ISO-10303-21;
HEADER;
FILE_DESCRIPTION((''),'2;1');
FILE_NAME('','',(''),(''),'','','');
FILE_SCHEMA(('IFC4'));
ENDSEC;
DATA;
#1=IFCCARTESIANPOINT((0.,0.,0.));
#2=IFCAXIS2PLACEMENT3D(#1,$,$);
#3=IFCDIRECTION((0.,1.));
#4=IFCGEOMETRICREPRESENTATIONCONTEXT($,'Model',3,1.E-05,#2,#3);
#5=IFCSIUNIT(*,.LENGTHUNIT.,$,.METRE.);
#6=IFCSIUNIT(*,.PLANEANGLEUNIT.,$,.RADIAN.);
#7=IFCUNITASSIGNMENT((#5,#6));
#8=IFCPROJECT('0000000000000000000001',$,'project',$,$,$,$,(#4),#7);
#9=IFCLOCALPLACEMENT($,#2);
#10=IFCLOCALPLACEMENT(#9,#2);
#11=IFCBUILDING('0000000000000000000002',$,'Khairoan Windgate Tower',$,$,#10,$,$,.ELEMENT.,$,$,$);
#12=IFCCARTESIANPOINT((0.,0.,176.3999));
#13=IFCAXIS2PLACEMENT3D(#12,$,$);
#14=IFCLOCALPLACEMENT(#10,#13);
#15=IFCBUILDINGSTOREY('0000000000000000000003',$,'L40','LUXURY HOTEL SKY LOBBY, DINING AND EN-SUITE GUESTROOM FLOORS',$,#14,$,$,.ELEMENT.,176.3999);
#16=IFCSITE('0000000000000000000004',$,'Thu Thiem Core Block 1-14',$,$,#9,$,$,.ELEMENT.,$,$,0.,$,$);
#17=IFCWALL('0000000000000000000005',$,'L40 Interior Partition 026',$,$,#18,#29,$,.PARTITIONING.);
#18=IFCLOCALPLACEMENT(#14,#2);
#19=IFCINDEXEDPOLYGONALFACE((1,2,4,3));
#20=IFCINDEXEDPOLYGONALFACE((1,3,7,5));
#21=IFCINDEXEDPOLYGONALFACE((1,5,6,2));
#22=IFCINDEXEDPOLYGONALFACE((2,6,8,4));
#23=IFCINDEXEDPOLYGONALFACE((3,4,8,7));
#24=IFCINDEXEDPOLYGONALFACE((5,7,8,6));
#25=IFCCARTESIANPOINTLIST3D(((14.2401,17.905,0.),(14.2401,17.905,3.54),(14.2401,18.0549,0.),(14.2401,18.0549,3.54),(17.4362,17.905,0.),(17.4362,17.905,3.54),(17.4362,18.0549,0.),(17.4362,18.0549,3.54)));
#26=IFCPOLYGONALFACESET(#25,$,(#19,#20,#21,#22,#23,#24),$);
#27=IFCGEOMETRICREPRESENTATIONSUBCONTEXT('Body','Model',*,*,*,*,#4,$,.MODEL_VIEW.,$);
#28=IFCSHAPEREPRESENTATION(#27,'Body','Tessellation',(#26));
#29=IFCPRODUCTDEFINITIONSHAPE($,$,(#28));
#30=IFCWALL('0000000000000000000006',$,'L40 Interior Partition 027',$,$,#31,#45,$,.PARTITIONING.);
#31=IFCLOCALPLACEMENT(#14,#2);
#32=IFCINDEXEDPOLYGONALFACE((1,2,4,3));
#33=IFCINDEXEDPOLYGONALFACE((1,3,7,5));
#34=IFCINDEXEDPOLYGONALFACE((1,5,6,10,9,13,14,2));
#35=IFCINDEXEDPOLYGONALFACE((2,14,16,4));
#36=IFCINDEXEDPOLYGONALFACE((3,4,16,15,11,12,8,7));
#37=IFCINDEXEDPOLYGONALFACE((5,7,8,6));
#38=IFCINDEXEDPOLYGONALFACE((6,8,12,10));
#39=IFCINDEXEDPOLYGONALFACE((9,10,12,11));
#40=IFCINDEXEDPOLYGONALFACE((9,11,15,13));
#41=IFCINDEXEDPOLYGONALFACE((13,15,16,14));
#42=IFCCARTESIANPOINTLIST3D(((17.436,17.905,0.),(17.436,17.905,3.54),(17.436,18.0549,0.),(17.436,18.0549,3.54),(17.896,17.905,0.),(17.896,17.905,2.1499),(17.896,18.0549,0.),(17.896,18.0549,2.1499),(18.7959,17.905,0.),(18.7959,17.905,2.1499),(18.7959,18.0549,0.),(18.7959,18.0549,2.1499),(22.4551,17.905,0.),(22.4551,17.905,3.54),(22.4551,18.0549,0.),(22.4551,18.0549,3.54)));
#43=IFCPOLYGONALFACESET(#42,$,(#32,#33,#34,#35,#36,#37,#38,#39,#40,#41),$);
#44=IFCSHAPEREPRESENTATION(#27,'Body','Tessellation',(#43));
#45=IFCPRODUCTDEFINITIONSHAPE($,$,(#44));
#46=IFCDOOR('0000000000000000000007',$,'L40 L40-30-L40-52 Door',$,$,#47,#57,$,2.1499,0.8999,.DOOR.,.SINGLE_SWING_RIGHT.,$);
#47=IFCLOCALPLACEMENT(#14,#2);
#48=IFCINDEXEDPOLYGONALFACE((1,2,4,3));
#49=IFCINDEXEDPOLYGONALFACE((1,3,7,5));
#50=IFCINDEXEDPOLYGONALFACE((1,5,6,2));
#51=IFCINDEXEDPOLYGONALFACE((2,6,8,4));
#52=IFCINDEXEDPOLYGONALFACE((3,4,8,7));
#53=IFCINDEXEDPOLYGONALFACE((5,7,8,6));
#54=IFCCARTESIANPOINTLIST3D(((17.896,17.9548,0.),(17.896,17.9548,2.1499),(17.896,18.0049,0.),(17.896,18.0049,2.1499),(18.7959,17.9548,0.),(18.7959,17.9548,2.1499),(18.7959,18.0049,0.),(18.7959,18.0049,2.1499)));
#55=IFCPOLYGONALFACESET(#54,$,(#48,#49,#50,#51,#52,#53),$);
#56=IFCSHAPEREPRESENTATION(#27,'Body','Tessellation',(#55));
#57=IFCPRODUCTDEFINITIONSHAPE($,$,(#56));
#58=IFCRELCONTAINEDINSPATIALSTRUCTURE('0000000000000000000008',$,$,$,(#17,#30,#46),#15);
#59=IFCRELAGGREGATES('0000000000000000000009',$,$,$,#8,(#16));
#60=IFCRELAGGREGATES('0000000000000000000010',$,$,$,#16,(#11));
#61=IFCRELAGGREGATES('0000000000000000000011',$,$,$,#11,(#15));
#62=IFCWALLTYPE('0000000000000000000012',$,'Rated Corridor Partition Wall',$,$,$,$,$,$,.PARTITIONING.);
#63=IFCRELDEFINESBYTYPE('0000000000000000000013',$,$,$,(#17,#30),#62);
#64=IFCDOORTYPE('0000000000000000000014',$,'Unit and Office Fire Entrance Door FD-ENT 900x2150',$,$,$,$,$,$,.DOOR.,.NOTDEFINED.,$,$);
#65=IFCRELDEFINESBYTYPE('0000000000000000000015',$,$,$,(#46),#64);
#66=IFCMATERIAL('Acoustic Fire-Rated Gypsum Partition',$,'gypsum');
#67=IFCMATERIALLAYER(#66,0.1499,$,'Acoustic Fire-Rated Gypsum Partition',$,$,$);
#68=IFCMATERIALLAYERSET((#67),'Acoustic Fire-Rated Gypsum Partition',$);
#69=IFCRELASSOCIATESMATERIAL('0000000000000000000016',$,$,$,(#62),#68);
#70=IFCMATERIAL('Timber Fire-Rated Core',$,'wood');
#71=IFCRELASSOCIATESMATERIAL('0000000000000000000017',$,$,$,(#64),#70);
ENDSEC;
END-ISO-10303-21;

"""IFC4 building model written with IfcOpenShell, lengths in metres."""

from ifc_helpers import new_model, si_unit, direction, frame, frame_2d, origin, place, context, subcontext, project, spatial, rectangle, extrude, material, layer, layer_set, type_object, element, fill, save


model = new_model("IFC4")

# Units and contexts
model_context = context("Model", 3, precision=1e-05, world=origin(), true_north=direction((0.0, 1.0)))
body_context = subcontext(model_context, "Body", "Model", "MODEL_VIEW")
ifc_project = project(units=[si_unit("LENGTHUNIT", "METRE"), si_unit("PLANEANGLEUNIT", "RADIAN")], contexts=[model_context])

# Site, building, storey
site_placement = place(None, origin())
site = spatial("IfcSite", under=ifc_project, at=site_placement, Name="Thu Thiem Core Block 1-14", CompositionType="ELEMENT", RefElevation=0.0)
building_placement = place(site_placement, origin())
building = spatial("IfcBuilding", under=site, at=building_placement, Name="Khairoan Windgate Tower", CompositionType="ELEMENT")
storey_placement = place(building_placement, frame((0.0, 0.0, 176.3999)))
storey = spatial("IfcBuildingStorey", under=building, at=storey_placement, Name="L40", Description="LUXURY HOTEL SKY LOBBY, DINING AND EN-SUITE GUESTROOM FLOORS", CompositionType="ELEMENT", Elevation=176.3999)

# Wall
ifc_material_1 = material(Name="Acoustic Fire-Rated Gypsum Partition", Category="gypsum")
ifc_layer_1 = layer(ifc_material_1, 0.1499, Name="Acoustic Fire-Rated Gypsum Partition")
ifc_layer_set_1 = layer_set([ifc_layer_1], Name="Acoustic Fire-Rated Gypsum Partition")
wall_type_1 = type_object("IfcWallType", Name="Rated Corridor Partition Wall", PredefinedType="PARTITIONING", material=ifc_layer_set_1)
wall_1_placement = place(storey_placement, frame((14.24, 17.98, 0.0), z_axis=(0.0, 0.0, 1.0), x_axis=(1.0, 0.0, 0.0)))
element("IfcWall", 1, at=wall_1_placement, inside=storey, type_object=wall_type_1, Name="L40 Interior Partition 026", PredefinedType="PARTITIONING", context=body_context, shape_type="SweptSolid", body=[
    extrude(rectangle(XDim=3.196, YDim=0.1499, at=frame_2d((1.5981, 0.0))), origin(), (0.0, 0.0, 1.0), 3.54),
])

# Wall, opening, door
wall_2_placement = place(storey_placement, frame((17.436, 17.98, 0.0), z_axis=(0.0, 0.0, 1.0), x_axis=(1.0, 0.0, 0.0)))
wall_2 = element("IfcWall", 2, at=wall_2_placement, inside=storey, type_object=wall_type_1, Name="L40 Interior Partition 027", PredefinedType="PARTITIONING", context=body_context, shape_type="SweptSolid", body=[
    extrude(rectangle(XDim=5.019, YDim=0.1499, at=frame_2d((2.5095, 0.0))), origin(), (0.0, 0.0, 1.0), 3.54),
])
opening_1_placement = place(wall_2_placement, frame((0.46, 0.0, 0.0)))
opening_1 = element("IfcOpeningElement", 3, at=opening_1_placement, cuts=wall_2, PredefinedType="OPENING", context=body_context, shape_type="SweptSolid", body=[
    extrude(rectangle(XDim=0.8999, YDim=2.1499, at=frame_2d((0.45, 1.075))), frame((0.0, 0.085, 0.0), z_axis=(0.0, -1.0, 0.0), x_axis=(1.0, 0.0, 0.0)), (0.0, 0.0, 1.0), 0.1699),
])
ifc_material_2 = material(Name="Timber Fire-Rated Core", Category="wood")
door_type_1 = type_object("IfcDoorType", Name="Unit and Office Fire Entrance Door FD-ENT 900x2150", OperationType="NOTDEFINED", PredefinedType="DOOR", material=ifc_material_2)
door_1_placement = place(opening_1_placement, origin())
door_1 = element("IfcDoor", 4, at=door_1_placement, inside=storey, type_object=door_type_1, Name="L40 L40-30-L40-52 Door", OperationType="SINGLE_SWING_RIGHT", OverallHeight=2.1499, OverallWidth=0.8999, PredefinedType="DOOR", context=body_context, shape_type="SweptSolid", body=[
    extrude(rectangle(XDim=0.8999, YDim=2.1499, at=frame_2d((0.45, 1.075))), frame((0.0, 0.0249, 0.0), z_axis=(0.0, -1.0, 0.0), x_axis=(1.0, 0.0, 0.0)), (0.0, 0.0, 1.0), 0.05),
])
fill(opening_1, door_1)

save(model, "model.ifc")
